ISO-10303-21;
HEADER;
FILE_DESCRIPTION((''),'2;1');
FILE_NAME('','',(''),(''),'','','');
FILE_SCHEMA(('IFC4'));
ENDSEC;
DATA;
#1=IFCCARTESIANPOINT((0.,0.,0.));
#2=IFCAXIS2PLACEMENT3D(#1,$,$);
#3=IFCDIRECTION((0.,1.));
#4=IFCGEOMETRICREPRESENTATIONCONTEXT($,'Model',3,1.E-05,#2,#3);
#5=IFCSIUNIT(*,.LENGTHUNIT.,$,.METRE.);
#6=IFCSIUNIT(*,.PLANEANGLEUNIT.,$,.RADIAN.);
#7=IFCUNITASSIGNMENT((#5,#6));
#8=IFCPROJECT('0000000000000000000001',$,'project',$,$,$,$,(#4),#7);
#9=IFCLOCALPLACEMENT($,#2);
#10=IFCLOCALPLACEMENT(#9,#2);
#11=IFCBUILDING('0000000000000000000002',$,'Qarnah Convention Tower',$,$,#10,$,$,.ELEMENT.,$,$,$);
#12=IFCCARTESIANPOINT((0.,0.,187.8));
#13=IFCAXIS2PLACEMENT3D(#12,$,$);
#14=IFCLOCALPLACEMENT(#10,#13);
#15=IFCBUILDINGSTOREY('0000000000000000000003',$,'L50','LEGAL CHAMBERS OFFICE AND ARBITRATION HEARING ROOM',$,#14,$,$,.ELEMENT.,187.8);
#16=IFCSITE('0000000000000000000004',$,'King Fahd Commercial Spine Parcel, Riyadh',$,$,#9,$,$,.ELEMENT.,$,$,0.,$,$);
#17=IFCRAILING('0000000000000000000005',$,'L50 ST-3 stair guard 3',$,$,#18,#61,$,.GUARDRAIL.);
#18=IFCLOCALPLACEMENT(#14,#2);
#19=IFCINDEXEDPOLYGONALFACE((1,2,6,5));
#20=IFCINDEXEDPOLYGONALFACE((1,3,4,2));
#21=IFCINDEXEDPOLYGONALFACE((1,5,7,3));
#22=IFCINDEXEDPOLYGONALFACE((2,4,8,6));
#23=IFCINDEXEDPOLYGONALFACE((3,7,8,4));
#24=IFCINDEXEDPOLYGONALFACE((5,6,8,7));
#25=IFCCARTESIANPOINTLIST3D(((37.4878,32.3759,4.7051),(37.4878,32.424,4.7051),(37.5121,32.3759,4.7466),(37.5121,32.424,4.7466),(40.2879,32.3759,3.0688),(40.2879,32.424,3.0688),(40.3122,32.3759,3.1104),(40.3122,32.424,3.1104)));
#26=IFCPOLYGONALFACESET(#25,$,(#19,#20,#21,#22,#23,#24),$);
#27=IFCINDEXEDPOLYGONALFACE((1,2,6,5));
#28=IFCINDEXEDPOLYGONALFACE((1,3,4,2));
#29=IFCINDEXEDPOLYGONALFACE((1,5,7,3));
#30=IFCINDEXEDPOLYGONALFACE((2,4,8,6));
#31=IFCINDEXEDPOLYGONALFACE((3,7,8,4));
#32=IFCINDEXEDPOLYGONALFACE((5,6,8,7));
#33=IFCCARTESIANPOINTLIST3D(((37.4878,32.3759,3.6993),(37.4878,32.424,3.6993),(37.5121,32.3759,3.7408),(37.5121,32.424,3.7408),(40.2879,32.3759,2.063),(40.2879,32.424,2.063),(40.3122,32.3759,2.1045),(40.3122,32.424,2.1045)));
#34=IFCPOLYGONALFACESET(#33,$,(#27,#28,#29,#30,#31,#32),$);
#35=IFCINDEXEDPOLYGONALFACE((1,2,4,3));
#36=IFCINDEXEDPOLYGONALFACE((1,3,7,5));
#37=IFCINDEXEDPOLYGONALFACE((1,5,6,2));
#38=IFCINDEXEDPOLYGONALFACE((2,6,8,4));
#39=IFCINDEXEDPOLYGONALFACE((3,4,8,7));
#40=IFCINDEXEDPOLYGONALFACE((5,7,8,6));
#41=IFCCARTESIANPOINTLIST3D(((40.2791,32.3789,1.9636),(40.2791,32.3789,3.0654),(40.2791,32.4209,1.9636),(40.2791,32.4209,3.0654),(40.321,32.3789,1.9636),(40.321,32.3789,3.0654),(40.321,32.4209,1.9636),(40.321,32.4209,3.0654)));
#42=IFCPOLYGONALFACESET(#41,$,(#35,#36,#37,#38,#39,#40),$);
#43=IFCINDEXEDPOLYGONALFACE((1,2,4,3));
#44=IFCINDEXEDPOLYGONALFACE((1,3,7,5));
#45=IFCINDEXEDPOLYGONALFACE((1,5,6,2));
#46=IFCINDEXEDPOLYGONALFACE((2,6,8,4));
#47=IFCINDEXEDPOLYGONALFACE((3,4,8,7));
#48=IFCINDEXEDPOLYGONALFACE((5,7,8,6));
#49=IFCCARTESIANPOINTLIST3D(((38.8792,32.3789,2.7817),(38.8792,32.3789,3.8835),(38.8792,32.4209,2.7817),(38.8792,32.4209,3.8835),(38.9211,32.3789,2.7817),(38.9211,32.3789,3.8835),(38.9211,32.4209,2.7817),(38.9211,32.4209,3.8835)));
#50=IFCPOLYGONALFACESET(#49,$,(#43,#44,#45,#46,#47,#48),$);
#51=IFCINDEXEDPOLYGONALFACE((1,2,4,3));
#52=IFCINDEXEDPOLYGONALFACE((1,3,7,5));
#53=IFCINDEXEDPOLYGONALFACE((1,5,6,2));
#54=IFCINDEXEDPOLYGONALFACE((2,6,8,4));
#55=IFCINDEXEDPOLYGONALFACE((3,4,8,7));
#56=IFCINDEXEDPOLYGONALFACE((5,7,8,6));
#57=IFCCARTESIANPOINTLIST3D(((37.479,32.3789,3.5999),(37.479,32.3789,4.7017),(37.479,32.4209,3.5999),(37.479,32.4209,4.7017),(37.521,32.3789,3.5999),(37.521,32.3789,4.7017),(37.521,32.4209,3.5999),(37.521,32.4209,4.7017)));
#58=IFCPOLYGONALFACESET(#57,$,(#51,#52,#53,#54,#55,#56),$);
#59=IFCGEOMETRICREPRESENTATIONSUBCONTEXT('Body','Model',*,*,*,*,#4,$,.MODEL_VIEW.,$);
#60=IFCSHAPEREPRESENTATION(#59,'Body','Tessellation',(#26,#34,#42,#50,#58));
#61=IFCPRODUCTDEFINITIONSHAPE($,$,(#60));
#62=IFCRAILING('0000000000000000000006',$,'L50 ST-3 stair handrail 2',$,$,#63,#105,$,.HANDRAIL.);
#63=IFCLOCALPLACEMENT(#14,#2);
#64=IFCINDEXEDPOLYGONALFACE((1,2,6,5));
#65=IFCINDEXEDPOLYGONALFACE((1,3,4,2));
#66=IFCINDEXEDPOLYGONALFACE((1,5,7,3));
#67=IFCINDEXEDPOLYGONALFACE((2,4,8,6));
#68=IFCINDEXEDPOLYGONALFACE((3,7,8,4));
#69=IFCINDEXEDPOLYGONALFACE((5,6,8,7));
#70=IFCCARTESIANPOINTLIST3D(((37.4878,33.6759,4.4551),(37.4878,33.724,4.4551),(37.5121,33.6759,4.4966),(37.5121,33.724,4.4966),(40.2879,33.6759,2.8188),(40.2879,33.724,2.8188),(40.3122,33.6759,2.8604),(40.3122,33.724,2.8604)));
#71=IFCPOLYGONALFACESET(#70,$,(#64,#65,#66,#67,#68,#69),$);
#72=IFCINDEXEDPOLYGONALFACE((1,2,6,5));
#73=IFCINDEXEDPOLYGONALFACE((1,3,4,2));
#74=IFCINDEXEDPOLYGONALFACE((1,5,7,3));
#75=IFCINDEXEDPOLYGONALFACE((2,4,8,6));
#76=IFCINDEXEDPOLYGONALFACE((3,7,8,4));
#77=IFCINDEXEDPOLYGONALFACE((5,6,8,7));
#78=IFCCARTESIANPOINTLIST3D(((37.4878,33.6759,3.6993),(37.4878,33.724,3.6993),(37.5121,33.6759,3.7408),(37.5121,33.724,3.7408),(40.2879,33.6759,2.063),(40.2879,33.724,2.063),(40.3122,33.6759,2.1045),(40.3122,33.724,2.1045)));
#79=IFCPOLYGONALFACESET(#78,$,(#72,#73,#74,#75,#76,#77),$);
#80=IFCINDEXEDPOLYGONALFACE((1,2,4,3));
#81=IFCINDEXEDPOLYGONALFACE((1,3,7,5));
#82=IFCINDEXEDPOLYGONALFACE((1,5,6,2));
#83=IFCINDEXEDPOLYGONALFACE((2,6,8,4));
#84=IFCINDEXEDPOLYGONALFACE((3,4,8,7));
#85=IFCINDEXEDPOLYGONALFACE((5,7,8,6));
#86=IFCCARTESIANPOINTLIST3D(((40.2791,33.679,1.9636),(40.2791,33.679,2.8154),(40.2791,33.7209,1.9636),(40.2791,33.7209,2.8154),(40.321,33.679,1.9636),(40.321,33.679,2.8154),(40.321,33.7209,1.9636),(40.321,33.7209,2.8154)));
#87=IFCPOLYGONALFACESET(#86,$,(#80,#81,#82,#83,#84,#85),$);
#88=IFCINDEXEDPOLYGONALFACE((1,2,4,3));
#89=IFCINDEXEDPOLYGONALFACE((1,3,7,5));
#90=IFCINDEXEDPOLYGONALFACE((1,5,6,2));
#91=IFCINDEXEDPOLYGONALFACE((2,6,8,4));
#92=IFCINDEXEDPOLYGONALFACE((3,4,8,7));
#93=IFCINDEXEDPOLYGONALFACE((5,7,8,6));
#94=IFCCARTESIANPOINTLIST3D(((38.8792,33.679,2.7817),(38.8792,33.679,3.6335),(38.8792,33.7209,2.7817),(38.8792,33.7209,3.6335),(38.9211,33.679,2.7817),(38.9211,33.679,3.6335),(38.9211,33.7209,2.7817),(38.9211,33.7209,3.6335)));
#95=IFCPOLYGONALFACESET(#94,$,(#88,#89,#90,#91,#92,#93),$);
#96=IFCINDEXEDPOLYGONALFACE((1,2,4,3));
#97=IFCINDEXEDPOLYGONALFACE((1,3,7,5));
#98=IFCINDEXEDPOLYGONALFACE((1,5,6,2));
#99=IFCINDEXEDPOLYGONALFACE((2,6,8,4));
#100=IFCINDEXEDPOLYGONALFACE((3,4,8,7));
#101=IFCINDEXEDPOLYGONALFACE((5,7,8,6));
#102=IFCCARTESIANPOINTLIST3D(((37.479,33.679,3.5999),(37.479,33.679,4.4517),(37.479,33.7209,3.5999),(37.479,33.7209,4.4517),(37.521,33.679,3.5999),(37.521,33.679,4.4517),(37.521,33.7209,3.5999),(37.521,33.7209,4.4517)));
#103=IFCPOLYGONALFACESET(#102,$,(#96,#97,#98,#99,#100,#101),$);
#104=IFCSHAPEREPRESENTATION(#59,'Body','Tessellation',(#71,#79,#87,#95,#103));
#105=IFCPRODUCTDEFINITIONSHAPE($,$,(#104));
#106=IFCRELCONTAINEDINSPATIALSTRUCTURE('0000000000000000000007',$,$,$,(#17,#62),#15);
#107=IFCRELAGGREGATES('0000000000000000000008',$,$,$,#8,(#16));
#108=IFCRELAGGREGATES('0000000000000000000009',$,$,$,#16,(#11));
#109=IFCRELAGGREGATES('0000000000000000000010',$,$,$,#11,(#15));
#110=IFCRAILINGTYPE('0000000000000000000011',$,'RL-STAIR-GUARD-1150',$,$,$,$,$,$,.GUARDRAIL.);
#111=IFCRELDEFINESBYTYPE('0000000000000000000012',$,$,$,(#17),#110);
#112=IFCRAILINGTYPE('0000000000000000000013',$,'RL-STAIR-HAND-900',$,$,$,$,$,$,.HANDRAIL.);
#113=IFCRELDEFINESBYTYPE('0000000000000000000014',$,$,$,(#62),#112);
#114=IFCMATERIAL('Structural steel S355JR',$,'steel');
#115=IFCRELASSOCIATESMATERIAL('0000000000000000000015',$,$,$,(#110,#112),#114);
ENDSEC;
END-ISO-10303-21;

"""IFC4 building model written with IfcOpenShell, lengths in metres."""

from ifc_helpers import new_model, si_unit, direction, frame, origin, origin_2d, place, context, subcontext, project, spatial, rectangle, extrude, material, type_object, element, save


model = new_model("IFC4")

# Units and contexts
model_context = context("Model", 3, precision=1e-05, world=origin(), true_north=direction((0.0, 1.0)))
body_context = subcontext(model_context, "Body", "Model", "MODEL_VIEW")
ifc_project = project(units=[si_unit("LENGTHUNIT", "METRE"), si_unit("PLANEANGLEUNIT", "RADIAN")], contexts=[model_context])

# Site, building, storey
site_placement = place(None, origin())
site = spatial("IfcSite", under=ifc_project, at=site_placement, Name="King Fahd Commercial Spine Parcel, Riyadh", CompositionType="ELEMENT", RefElevation=0.0)
building_placement = place(site_placement, origin())
building = spatial("IfcBuilding", under=site, at=building_placement, Name="Qarnah Convention Tower", CompositionType="ELEMENT")
storey_placement = place(building_placement, frame((0.0, 0.0, 187.8)))
storey = spatial("IfcBuildingStorey", under=building, at=storey_placement, Name="L50", Description="LEGAL CHAMBERS OFFICE AND ARBITRATION HEARING ROOM", CompositionType="ELEMENT", Elevation=187.8)

# Shared definitions
ifc_material_1 = material(Name="Structural steel S355JR", Category="steel")

# Railings
railing_type_1 = type_object("IfcRailingType", Name="RL-STAIR-GUARD-1150", PredefinedType="GUARDRAIL", material=ifc_material_1)
railing_1_placement = place(storey_placement, frame((40.3, 32.3999, 1.9636)))
element("IfcRailing", 1, at=railing_1_placement, inside=storey, type_object=railing_type_1, Name="L50 ST-3 stair guard 3", PredefinedType="GUARDRAIL", context=body_context, shape_type="SweptSolid", body=[
    extrude(rectangle(XDim=0.0481, YDim=0.0481, at=origin_2d()), frame((0.0, 0.0, 1.126), z_axis=(-0.863394, 0.0, 0.504531), x_axis=(0.0, -1.0, 0.0)), (0.0, 0.0, 1.0), 3.2432),
    extrude(rectangle(XDim=0.0481, YDim=0.0481, at=origin_2d()), frame((0.0, 0.0, 0.1201), z_axis=(-0.863394, 0.0, 0.504531), x_axis=(0.0, -1.0, 0.0)), (0.0, 0.0, 1.0), 3.2432),
    extrude(rectangle(XDim=0.042, YDim=0.042, at=origin_2d()), origin(), (0.0, 0.0, 1.0), 1.1018),
    extrude(rectangle(XDim=0.042, YDim=0.042, at=origin_2d()), frame((-1.3999, 0.0, 0.8181)), (0.0, 0.0, 1.0), 1.1018),
    extrude(rectangle(XDim=0.042, YDim=0.042, at=origin_2d()), frame((-2.8, 0.0, 1.6362)), (0.0, 0.0, 1.0), 1.1018),
])
railing_type_2 = type_object("IfcRailingType", Name="RL-STAIR-HAND-900", PredefinedType="HANDRAIL", material=ifc_material_1)
railing_2_placement = place(storey_placement, frame((40.3, 33.7, 1.9636)))
element("IfcRailing", 2, at=railing_2_placement, inside=storey, type_object=railing_type_2, Name="L50 ST-3 stair handrail 2", PredefinedType="HANDRAIL", context=body_context, shape_type="SweptSolid", body=[
    extrude(rectangle(XDim=0.0481, YDim=0.0481, at=origin_2d()), frame((0.0, 0.0, 0.876), z_axis=(-0.863394, 0.0, 0.504531), x_axis=(0.0, -1.0, 0.0)), (0.0, 0.0, 1.0), 3.2432),
    extrude(rectangle(XDim=0.0481, YDim=0.0481, at=origin_2d()), frame((0.0, 0.0, 0.1201), z_axis=(-0.863394, 0.0, 0.504531), x_axis=(0.0, -1.0, 0.0)), (0.0, 0.0, 1.0), 3.2432),
    extrude(rectangle(XDim=0.042, YDim=0.042, at=origin_2d()), origin(), (0.0, 0.0, 1.0), 0.8518),
    extrude(rectangle(XDim=0.042, YDim=0.042, at=origin_2d()), frame((-1.3999, 0.0, 0.8181)), (0.0, 0.0, 1.0), 0.8518),
    extrude(rectangle(XDim=0.042, YDim=0.042, at=origin_2d()), frame((-2.8, 0.0, 1.6362)), (0.0, 0.0, 1.0), 0.8518),
])

save(model, "model.ifc")
